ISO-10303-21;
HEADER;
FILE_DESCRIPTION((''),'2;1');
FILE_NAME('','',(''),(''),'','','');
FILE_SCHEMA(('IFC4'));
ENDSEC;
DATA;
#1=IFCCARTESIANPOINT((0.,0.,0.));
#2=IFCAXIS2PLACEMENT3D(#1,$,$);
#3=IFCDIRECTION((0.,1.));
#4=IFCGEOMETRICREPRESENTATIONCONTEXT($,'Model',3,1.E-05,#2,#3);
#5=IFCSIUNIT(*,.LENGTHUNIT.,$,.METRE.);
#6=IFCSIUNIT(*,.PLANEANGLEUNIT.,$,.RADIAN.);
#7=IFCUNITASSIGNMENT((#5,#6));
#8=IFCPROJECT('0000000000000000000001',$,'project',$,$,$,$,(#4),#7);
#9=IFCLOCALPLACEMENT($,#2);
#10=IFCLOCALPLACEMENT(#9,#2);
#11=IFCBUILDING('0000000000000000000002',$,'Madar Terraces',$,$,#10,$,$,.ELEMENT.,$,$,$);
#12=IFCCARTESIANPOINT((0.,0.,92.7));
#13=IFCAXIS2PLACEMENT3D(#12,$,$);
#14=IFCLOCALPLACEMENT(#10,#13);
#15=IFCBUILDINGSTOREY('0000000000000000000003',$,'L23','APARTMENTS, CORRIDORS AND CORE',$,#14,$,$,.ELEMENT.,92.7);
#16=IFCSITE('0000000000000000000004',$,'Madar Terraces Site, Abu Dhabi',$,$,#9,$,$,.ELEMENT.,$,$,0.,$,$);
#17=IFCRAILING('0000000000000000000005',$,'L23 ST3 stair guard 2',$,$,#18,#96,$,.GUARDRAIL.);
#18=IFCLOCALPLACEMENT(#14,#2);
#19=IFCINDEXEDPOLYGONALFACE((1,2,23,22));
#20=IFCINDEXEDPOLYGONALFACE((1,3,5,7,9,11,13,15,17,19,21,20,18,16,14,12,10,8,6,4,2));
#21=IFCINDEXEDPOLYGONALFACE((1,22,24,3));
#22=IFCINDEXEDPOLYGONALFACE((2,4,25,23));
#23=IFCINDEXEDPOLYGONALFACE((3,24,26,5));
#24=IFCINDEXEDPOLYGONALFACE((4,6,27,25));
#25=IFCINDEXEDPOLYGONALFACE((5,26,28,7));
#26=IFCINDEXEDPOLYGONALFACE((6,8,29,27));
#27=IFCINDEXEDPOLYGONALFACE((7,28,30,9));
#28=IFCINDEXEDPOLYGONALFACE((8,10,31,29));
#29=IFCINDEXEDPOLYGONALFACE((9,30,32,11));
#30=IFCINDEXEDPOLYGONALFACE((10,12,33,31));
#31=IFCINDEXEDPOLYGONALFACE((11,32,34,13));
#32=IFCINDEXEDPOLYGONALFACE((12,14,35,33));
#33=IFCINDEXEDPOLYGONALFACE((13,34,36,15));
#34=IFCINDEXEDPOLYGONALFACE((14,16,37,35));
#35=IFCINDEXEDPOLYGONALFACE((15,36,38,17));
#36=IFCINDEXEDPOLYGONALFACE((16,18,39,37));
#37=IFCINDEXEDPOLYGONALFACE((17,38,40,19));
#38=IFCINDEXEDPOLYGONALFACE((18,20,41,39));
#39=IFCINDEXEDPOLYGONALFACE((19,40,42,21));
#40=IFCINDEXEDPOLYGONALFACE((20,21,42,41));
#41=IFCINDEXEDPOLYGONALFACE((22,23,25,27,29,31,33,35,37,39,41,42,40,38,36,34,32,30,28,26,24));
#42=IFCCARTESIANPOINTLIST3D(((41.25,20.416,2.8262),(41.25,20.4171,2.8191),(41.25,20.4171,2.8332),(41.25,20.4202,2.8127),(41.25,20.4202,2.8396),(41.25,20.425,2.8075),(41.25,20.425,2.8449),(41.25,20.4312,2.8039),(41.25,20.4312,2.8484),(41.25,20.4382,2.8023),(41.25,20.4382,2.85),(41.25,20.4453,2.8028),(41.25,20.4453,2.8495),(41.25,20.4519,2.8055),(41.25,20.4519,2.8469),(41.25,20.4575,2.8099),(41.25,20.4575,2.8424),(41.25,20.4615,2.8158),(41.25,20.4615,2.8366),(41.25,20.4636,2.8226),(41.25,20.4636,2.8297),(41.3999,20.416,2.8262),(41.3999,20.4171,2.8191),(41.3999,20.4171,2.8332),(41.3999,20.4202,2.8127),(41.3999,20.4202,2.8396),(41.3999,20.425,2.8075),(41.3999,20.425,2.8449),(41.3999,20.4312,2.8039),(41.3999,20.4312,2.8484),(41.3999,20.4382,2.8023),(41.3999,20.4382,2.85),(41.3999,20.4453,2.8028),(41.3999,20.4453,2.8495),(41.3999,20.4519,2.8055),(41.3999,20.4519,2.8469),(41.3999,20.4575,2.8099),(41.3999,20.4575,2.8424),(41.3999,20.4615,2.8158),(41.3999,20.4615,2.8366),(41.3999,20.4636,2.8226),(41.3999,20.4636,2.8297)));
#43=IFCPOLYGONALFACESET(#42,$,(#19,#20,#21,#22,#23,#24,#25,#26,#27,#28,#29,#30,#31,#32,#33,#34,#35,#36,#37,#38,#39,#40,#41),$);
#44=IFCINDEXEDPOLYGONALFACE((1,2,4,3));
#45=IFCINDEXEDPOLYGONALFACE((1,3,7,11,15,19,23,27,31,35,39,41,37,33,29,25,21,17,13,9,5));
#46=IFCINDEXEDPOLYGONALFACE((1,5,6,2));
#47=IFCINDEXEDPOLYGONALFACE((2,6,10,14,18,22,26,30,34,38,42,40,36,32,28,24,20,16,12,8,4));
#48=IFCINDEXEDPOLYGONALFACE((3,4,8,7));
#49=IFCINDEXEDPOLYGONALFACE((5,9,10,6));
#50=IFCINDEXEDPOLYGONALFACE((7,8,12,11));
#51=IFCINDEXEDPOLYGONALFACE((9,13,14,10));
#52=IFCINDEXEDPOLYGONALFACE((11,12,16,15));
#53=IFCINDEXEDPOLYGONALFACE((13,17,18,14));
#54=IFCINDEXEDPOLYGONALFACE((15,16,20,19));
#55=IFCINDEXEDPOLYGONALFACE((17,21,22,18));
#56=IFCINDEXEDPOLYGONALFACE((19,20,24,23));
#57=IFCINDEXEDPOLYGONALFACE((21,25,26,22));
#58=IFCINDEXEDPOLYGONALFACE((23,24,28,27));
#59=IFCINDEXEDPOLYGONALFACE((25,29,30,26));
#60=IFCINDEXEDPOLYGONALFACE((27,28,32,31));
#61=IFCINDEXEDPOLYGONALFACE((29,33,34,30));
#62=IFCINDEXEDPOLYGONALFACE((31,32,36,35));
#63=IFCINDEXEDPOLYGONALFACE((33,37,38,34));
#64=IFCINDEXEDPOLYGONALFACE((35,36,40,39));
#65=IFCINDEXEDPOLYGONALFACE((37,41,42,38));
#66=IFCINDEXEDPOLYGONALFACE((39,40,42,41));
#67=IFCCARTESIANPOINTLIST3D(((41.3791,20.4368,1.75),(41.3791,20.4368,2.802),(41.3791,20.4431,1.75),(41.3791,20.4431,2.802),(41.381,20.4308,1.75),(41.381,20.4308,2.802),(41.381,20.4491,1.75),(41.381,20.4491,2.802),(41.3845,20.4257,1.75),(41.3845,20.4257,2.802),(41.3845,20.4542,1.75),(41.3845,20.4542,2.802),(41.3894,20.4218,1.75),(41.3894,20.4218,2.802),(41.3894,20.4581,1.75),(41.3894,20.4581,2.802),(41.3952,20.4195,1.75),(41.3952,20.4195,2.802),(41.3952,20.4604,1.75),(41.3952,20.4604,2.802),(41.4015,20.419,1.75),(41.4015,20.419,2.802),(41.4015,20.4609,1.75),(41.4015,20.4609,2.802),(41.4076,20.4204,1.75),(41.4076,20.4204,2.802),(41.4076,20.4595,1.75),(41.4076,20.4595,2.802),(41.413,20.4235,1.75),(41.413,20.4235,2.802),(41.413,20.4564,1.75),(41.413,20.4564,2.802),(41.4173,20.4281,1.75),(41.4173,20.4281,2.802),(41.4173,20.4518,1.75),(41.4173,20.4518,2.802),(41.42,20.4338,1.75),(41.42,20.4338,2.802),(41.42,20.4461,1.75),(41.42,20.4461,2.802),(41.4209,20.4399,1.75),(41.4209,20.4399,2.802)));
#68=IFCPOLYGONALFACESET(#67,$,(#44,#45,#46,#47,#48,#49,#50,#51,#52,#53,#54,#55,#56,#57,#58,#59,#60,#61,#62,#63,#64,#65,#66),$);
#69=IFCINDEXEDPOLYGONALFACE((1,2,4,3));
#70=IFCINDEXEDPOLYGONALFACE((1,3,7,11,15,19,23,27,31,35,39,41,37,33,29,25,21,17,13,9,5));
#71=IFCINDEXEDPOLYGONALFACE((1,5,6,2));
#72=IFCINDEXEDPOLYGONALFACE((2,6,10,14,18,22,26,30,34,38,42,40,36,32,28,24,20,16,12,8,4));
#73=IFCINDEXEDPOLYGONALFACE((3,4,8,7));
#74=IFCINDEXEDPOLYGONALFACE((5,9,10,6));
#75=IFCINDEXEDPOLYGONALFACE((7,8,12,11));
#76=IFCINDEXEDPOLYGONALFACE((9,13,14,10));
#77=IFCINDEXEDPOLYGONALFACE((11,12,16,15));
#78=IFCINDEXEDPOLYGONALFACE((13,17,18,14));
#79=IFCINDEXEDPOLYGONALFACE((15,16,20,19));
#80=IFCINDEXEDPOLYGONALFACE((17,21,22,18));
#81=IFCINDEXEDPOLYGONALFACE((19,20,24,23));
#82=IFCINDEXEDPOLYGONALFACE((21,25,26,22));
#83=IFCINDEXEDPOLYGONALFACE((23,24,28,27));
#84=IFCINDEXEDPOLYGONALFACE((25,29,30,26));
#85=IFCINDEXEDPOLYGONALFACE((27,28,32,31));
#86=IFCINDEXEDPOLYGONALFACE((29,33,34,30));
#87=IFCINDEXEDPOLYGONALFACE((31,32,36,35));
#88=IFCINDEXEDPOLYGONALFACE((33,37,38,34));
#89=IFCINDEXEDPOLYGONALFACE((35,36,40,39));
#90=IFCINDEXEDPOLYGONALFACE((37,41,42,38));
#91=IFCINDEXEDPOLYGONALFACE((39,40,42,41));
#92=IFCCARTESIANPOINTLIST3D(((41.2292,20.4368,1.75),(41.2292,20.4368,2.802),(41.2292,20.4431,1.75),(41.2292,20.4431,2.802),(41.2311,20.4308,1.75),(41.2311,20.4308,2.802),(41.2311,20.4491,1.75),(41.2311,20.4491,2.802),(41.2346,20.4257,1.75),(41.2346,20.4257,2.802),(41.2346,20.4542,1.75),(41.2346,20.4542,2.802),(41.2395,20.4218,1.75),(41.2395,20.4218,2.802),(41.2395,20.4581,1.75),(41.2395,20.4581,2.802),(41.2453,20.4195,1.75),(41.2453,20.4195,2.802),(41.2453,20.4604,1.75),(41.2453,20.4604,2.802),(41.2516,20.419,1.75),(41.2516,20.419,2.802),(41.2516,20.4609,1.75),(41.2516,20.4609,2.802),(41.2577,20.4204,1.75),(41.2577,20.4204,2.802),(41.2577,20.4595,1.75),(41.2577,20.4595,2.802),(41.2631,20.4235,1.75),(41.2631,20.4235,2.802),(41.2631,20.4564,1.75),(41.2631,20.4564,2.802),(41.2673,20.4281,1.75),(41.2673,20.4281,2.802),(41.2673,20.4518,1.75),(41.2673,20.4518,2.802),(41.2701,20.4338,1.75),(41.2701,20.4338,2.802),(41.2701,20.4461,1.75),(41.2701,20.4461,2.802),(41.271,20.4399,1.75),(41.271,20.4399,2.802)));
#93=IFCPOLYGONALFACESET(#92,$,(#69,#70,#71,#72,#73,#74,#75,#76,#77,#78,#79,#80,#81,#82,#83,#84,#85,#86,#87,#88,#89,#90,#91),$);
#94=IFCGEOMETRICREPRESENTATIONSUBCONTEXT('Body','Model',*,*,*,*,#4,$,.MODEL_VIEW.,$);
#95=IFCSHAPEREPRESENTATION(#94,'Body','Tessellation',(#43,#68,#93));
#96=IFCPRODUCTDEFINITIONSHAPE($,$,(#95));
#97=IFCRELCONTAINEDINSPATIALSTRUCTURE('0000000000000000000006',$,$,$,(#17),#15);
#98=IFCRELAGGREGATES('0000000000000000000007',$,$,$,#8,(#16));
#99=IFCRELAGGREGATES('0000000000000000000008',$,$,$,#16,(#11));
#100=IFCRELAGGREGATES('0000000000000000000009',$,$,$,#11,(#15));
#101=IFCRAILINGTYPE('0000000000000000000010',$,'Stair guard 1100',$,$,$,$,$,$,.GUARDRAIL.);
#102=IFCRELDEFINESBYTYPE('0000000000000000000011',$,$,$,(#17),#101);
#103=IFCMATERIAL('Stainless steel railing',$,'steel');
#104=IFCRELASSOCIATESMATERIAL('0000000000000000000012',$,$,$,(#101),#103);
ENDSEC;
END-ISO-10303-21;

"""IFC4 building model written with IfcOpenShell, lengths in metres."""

from ifc_helpers import new_model, si_unit, direction, frame, origin, origin_2d, place, context, subcontext, project, spatial, circle, extrude, material, type_object, element, save


model = new_model("IFC4")

# Units and contexts
model_context = context("Model", 3, precision=1e-05, world=origin(), true_north=direction((0.0, 1.0)))
body_context = subcontext(model_context, "Body", "Model", "MODEL_VIEW")
ifc_project = project(units=[si_unit("LENGTHUNIT", "METRE"), si_unit("PLANEANGLEUNIT", "RADIAN")], contexts=[model_context])

# Site, building, storey
site_placement = place(None, origin())
site = spatial("IfcSite", under=ifc_project, at=site_placement, Name="Madar Terraces Site, Abu Dhabi", CompositionType="ELEMENT", RefElevation=0.0)
building_placement = place(site_placement, origin())
building = spatial("IfcBuilding", under=site, at=building_placement, Name="Madar Terraces", CompositionType="ELEMENT")
storey_placement = place(building_placement, frame((0.0, 0.0, 92.7)))
storey = spatial("IfcBuildingStorey", under=building, at=storey_placement, Name="L23", Description="APARTMENTS, CORRIDORS AND CORE", CompositionType="ELEMENT", Elevation=92.7)

# Railing
ifc_material_1 = material(Name="Stainless steel railing", Category="steel")
railing_type_1 = type_object("IfcRailingType", Name="Stair guard 1100", PredefinedType="GUARDRAIL", material=ifc_material_1)
railing_1_placement = place(storey_placement, frame((41.3999, 20.4399, 1.75)))
element("IfcRailing", 1, at=railing_1_placement, inside=storey, type_object=railing_type_1, Name="L23 ST3 stair guard 2", PredefinedType="GUARDRAIL", context=body_context, shape_type="SweptSolid", body=[
    extrude(circle(Radius=0.0239, at=origin_2d()), frame((0.0, 0.0, 1.0762), z_axis=(-1.0, 0.0, 0.0), x_axis=(0.0, -1.0, 0.0)), (0.0, 0.0, 1.0), 0.1499),
    extrude(circle(Radius=0.021, at=origin_2d()), origin(), (0.0, 0.0, 1.0), 1.052),
    extrude(circle(Radius=0.021, at=origin_2d()), frame((-0.1499, 0.0, 0.0)), (0.0, 0.0, 1.0), 1.052),
])

save(model, "model.ifc")
